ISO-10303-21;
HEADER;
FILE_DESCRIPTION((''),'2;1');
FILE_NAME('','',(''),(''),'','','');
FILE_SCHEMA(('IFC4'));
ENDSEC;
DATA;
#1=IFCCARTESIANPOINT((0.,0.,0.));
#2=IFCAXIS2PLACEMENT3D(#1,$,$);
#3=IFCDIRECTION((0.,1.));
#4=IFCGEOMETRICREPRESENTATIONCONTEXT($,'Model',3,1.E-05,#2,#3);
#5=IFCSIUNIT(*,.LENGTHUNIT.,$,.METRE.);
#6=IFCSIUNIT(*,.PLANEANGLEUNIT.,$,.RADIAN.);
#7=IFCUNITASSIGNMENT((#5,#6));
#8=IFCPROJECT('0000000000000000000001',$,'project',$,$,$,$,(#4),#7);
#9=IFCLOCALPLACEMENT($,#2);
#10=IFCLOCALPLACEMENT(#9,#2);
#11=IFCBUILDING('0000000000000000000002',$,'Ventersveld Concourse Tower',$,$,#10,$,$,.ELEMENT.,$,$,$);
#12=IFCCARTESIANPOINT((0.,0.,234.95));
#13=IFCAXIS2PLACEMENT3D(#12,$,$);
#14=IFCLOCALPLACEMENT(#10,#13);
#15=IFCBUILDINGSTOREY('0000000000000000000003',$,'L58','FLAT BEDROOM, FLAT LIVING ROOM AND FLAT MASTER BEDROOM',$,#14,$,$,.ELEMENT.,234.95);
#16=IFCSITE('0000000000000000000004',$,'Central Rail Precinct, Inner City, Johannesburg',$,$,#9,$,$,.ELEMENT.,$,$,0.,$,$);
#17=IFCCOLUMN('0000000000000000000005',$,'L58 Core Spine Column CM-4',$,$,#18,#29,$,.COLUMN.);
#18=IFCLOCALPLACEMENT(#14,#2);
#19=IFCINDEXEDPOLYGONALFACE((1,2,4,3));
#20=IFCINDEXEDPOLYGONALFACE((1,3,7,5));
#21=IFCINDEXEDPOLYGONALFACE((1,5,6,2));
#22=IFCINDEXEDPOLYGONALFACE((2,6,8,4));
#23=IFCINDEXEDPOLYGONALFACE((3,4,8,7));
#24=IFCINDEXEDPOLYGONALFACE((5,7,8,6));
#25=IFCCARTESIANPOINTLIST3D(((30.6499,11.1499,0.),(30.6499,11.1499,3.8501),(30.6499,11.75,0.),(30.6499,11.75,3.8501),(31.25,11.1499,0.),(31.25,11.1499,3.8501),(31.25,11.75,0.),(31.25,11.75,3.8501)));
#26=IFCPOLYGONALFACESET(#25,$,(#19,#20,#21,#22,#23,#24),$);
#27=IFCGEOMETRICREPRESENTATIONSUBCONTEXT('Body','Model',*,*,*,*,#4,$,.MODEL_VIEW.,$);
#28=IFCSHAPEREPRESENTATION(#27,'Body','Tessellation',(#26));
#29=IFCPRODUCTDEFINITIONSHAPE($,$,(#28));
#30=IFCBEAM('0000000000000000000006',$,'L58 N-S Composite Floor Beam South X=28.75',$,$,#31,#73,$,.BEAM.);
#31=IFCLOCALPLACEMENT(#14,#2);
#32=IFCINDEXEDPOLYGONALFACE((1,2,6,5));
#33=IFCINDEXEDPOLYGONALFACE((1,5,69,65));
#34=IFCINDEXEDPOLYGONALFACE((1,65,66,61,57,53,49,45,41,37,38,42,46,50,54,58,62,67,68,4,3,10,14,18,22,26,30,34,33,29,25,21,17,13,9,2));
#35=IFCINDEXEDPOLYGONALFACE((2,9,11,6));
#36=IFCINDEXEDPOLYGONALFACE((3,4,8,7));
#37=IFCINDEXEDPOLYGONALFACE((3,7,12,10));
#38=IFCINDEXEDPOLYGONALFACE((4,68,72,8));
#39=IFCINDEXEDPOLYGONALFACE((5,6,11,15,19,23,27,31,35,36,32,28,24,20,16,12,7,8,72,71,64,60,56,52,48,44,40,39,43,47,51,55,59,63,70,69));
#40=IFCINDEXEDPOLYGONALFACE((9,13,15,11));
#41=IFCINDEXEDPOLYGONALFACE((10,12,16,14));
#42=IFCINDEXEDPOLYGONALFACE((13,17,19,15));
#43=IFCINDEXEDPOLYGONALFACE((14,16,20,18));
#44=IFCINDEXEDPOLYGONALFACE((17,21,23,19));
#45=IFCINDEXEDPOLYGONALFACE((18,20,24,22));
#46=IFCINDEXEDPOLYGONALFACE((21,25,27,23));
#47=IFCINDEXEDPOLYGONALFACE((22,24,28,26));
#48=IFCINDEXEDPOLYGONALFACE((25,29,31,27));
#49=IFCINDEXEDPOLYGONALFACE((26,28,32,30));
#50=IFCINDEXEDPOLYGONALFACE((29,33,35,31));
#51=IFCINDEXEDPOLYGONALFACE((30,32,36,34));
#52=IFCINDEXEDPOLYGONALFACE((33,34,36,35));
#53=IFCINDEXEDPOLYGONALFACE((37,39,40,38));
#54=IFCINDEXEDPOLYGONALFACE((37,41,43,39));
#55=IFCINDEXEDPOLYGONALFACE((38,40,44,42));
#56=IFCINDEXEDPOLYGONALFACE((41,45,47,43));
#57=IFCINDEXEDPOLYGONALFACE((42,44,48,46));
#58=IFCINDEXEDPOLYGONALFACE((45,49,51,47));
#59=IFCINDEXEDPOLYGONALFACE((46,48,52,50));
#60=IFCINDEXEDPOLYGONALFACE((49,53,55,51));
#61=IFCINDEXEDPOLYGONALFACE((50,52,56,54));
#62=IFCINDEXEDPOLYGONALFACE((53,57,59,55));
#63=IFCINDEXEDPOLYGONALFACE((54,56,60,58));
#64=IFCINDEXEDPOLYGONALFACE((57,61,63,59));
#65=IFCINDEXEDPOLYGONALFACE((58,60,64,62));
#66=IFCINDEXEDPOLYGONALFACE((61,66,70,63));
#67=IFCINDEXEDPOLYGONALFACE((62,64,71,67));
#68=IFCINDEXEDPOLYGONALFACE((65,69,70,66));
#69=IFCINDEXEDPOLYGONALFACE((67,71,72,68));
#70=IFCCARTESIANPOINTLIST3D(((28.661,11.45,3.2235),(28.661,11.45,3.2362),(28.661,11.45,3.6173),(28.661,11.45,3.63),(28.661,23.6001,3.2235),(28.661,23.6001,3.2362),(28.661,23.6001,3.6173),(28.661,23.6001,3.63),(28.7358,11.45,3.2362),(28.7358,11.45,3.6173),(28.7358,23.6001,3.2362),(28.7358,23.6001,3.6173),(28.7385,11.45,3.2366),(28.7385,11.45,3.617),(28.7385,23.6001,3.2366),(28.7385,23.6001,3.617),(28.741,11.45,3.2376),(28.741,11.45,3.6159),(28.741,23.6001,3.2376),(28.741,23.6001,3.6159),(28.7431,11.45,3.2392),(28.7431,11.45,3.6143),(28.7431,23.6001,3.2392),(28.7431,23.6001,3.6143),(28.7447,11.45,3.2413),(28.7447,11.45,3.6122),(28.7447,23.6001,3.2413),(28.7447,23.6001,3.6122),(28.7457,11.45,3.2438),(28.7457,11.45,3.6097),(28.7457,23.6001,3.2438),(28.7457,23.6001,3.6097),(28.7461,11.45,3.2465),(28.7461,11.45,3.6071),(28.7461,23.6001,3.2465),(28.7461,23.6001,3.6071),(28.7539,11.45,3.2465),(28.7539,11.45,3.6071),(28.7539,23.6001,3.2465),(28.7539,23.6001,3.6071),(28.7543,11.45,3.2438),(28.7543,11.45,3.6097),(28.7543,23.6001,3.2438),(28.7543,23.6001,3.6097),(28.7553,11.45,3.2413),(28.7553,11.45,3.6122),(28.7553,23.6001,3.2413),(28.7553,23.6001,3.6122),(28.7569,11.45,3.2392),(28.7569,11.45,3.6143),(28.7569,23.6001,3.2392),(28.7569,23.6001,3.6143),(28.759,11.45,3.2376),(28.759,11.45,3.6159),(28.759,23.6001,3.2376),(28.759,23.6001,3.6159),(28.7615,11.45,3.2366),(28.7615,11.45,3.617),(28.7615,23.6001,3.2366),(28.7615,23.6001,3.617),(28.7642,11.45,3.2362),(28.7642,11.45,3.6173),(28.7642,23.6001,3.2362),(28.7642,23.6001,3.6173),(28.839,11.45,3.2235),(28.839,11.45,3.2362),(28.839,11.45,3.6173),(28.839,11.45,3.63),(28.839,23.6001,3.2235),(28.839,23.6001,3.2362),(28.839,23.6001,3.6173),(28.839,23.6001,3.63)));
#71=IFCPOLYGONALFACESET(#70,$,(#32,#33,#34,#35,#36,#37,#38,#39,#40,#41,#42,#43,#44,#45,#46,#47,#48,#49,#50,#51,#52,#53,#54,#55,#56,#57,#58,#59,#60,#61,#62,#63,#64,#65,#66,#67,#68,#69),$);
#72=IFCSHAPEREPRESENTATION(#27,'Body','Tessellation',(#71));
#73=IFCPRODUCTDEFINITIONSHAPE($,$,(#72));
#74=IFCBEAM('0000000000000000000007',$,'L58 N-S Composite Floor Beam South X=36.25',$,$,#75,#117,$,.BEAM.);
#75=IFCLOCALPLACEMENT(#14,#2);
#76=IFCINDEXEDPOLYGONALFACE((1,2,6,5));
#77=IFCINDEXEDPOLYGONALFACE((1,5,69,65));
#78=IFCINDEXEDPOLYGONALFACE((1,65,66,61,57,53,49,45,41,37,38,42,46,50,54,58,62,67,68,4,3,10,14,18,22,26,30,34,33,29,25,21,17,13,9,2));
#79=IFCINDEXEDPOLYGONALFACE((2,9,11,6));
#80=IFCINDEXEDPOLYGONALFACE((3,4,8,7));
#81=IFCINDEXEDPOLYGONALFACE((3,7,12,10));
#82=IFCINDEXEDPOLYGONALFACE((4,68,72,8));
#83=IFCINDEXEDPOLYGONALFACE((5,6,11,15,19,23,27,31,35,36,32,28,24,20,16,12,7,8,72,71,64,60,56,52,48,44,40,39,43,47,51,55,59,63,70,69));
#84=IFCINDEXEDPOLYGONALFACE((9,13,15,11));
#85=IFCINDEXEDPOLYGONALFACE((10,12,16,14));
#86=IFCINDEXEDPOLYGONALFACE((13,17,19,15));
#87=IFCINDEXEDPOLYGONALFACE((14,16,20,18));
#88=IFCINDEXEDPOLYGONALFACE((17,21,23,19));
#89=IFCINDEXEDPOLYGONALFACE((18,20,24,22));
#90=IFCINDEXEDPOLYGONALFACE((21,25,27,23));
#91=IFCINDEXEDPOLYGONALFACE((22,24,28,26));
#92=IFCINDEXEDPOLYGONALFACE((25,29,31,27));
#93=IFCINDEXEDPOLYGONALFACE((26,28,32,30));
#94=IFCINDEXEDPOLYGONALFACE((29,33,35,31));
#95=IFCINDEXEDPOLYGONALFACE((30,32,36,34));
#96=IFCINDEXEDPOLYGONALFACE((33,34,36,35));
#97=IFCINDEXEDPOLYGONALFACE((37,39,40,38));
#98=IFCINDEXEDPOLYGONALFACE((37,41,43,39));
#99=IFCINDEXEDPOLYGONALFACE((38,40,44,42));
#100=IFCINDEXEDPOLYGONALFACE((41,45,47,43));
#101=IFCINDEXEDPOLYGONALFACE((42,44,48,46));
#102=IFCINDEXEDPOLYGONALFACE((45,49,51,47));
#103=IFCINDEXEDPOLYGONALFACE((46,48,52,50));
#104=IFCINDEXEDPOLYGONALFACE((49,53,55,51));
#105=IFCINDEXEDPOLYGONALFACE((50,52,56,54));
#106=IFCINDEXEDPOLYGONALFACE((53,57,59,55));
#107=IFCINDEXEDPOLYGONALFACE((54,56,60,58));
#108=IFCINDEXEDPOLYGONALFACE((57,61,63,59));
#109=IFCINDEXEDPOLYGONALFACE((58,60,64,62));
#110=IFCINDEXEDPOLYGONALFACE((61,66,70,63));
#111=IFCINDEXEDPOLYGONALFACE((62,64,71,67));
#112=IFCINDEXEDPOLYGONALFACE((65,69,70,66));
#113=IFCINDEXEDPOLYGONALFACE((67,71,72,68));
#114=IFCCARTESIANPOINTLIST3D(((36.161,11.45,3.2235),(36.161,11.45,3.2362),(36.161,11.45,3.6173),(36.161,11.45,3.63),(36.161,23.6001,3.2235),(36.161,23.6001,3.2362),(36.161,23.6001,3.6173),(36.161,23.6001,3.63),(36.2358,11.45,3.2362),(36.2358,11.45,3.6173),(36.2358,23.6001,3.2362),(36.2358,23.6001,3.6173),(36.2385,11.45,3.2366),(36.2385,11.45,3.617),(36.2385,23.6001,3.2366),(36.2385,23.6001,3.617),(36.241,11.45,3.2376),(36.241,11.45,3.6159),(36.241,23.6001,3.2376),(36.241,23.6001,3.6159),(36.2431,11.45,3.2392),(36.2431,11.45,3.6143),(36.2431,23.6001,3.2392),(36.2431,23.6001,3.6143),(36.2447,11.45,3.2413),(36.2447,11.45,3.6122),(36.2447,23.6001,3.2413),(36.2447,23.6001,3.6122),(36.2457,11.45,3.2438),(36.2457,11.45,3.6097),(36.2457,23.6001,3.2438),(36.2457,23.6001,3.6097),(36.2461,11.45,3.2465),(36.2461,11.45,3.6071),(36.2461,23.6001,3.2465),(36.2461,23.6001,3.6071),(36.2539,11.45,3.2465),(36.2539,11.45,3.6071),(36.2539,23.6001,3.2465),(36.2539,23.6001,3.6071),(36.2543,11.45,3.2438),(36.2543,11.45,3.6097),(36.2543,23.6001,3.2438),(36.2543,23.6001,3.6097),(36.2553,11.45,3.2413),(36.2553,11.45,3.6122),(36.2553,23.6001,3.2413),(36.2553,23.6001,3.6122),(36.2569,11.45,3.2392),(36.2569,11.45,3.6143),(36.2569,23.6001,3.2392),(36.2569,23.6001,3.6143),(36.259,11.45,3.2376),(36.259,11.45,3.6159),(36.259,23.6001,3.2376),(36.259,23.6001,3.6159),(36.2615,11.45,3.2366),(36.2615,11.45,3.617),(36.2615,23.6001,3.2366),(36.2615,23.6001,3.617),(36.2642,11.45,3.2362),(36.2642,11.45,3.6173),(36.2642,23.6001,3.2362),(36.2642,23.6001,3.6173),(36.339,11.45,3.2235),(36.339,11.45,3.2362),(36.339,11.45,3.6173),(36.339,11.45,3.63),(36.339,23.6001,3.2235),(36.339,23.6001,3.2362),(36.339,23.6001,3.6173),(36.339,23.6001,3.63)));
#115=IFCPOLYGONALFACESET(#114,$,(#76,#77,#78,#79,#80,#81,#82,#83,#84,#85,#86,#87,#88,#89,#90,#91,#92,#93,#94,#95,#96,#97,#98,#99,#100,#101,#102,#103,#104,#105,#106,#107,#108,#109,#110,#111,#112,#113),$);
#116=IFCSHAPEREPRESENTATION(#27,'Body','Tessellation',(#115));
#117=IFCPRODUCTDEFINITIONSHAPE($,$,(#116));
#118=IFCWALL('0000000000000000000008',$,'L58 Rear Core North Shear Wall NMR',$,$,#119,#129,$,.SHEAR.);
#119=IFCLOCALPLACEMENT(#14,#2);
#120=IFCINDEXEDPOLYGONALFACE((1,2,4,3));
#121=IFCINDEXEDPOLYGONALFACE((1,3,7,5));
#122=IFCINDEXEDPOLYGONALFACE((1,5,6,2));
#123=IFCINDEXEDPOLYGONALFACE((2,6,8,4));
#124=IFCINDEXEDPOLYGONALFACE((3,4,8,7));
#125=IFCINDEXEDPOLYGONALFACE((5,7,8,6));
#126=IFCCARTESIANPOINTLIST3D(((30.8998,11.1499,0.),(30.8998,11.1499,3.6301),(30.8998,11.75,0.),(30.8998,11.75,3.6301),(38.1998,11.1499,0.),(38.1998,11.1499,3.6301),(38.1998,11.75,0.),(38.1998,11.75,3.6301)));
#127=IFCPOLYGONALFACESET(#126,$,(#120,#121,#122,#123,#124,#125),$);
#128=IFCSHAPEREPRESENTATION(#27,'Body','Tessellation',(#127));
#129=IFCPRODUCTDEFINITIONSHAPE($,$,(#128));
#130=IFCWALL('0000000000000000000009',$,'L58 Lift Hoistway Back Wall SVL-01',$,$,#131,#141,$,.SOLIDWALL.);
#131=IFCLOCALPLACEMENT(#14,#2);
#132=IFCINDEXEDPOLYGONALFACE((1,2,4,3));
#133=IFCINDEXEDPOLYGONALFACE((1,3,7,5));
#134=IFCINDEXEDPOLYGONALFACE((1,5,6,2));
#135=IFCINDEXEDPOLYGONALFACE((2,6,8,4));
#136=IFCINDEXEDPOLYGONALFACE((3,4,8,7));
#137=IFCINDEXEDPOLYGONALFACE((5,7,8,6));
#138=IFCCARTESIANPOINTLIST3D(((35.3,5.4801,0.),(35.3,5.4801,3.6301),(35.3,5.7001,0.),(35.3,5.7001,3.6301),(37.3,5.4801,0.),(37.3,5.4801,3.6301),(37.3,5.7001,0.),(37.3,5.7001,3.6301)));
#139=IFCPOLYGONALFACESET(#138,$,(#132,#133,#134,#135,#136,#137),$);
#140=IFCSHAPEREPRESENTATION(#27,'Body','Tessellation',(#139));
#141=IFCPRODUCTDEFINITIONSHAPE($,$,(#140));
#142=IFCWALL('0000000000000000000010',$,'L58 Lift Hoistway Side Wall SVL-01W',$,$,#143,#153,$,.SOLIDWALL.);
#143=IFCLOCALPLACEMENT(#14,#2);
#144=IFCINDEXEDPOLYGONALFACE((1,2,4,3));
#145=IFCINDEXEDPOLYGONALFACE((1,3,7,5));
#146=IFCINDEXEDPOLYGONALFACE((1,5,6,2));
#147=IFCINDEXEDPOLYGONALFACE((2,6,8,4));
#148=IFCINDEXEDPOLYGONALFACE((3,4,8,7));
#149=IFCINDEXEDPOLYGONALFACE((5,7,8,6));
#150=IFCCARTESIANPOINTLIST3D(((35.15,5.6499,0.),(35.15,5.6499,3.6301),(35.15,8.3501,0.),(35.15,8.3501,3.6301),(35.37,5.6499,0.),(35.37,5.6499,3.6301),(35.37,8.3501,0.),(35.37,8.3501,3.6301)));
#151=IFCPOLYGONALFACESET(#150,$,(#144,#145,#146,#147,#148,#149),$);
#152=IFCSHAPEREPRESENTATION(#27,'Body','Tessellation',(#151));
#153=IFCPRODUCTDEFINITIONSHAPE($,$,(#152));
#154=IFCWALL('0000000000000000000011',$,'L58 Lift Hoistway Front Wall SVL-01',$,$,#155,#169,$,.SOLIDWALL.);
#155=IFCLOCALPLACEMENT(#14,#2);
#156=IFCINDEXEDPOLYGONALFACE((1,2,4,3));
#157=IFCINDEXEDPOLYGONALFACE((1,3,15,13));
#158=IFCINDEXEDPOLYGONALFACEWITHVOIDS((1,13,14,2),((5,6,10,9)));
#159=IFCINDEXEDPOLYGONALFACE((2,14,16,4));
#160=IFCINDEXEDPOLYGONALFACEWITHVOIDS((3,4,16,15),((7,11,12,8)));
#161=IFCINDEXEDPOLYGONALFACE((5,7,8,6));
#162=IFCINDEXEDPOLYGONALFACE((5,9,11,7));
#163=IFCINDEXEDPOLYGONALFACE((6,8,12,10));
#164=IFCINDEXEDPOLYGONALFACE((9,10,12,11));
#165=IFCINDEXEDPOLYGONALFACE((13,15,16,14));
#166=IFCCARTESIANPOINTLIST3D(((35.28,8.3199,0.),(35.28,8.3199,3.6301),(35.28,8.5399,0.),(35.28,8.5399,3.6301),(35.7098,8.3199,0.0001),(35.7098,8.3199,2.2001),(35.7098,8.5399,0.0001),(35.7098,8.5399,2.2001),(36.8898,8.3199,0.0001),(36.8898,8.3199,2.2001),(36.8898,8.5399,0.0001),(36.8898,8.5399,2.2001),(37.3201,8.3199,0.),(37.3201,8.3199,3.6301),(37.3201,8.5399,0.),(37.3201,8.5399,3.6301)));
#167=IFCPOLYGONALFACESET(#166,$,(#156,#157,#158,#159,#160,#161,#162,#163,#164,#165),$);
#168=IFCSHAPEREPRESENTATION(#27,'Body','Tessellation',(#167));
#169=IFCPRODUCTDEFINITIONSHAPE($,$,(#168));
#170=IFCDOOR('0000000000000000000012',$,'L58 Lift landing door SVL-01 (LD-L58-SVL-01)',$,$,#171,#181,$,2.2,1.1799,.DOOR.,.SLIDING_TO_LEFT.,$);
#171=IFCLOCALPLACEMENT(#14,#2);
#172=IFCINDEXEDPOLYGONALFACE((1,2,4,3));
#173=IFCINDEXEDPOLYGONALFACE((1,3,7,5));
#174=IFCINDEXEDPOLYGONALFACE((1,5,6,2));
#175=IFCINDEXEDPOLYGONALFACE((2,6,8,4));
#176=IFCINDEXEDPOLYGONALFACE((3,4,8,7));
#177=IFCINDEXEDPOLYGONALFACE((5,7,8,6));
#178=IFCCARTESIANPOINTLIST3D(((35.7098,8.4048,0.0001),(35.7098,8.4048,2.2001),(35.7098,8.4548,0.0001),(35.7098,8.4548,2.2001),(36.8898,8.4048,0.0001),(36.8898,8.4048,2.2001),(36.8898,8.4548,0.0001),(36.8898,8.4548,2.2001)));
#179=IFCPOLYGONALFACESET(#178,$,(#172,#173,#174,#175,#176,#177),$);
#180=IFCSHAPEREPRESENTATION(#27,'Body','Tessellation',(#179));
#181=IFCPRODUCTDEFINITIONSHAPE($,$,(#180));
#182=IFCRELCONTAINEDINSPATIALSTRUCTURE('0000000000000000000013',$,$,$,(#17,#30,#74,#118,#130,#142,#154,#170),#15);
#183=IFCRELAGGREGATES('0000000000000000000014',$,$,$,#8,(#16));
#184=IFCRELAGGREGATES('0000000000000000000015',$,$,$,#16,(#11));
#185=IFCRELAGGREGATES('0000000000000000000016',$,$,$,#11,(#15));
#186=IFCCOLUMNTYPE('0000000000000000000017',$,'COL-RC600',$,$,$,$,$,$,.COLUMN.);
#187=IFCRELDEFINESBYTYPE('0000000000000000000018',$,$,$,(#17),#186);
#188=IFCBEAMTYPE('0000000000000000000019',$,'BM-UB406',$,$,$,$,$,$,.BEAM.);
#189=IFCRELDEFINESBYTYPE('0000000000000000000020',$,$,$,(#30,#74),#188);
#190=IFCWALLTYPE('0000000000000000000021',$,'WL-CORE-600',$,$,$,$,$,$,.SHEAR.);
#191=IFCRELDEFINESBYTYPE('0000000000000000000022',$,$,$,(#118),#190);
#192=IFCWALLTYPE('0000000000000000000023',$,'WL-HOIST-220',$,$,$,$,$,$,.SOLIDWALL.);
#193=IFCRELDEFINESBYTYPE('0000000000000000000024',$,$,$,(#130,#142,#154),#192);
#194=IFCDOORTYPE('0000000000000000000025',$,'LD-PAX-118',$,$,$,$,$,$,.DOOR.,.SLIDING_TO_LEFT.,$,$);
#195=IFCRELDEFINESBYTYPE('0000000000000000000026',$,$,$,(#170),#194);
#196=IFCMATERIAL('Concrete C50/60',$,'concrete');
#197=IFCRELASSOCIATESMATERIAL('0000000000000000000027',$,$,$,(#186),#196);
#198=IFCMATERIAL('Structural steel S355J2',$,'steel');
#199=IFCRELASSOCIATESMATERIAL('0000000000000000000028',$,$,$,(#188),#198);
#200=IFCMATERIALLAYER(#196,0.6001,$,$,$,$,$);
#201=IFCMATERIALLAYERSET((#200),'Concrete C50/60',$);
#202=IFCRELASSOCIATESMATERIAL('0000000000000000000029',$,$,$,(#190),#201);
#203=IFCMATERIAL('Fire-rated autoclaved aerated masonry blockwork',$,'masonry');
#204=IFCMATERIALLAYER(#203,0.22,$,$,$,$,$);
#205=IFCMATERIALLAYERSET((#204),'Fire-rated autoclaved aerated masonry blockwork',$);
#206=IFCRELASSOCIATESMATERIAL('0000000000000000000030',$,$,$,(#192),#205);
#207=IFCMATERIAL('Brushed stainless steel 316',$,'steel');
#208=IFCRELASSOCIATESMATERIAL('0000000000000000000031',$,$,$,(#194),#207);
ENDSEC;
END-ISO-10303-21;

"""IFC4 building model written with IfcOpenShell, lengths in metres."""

from ifc_helpers import new_model, si_unit, direction, frame, frame_2d, origin, origin_2d, place, context, subcontext, project, spatial, rectangle, i_section, extrude, material, layer, layer_set, material_profile, profile_set, type_object, element, fill, save


model = new_model("IFC4")

# Units and contexts
model_context = context("Model", 3, precision=1e-05, world=origin(), true_north=direction((0.0, 1.0)))
body_context = subcontext(model_context, "Body", "Model", "MODEL_VIEW")
ifc_project = project(units=[si_unit("LENGTHUNIT", "METRE"), si_unit("PLANEANGLEUNIT", "RADIAN")], contexts=[model_context])

# Site, building, storey
site_placement = place(None, origin())
site = spatial("IfcSite", under=ifc_project, at=site_placement, Name="Central Rail Precinct, Inner City, Johannesburg", CompositionType="ELEMENT", RefElevation=0.0)
building_placement = place(site_placement, origin())
building = spatial("IfcBuilding", under=site, at=building_placement, Name="Ventersveld Concourse Tower", CompositionType="ELEMENT")
storey_placement = place(building_placement, frame((0.0, 0.0, 234.95)))
storey = spatial("IfcBuildingStorey", under=building, at=storey_placement, Name="L58", Description="FLAT BEDROOM, FLAT LIVING ROOM AND FLAT MASTER BEDROOM", CompositionType="ELEMENT", Elevation=234.95)

# Column
ifc_material_1 = material(Name="Concrete C50/60", Category="concrete")
ifc_material_profile_1 = material_profile(ifc_material_1, rectangle(XDim=0.6001, YDim=0.6001, at=origin_2d()), Name="RC 600x600")
ifc_profile_set_1 = profile_set([ifc_material_profile_1], Name="Concrete C50/60")
column_type = type_object("IfcColumnType", Name="COL-RC600", PredefinedType="COLUMN", material=ifc_profile_set_1)
column_placement = place(storey_placement, frame((30.95, 11.45, 0.0), z_axis=(0.0, 0.0, 1.0), x_axis=(1.0, 0.0, 0.0)))
element("IfcColumn", 1, at=column_placement, inside=storey, type_object=column_type, Name="L58 Core Spine Column CM-4", PredefinedType="COLUMN", context=body_context, shape_type="SweptSolid", body=[
    extrude(rectangle(XDim=0.6001, YDim=0.6001, at=origin_2d()), origin(), (0.0, 0.0, 1.0), 3.8501),
])

# Beams
ifc_material_2 = material(Name="Structural steel S355J2", Category="steel")
ifc_material_profile_2 = material_profile(ifc_material_2, i_section(OverallWidth=0.178, OverallDepth=0.4065, WebThickness=0.0078, FlangeThickness=0.0127, FilletRadius=0.0103, at=origin_2d()), Name="UB 406x178x60")
ifc_profile_set_2 = profile_set([ifc_material_profile_2], Name="Structural steel S355J2")
beam_type = type_object("IfcBeamType", Name="BM-UB406", PredefinedType="BEAM", material=ifc_profile_set_2)
for number, where, z_axis, x_axis, name in (
    (2, (28.75, 11.45, 3.4268), (0.0, 1.0, 0.0), (-1.0, 0.0, 0.0), "L58 N-S Composite Floor Beam South X=28.75"),
    (3, (36.25, 11.45, 3.4268), (0.0, 1.0, 0.0), (-1.0, 0.0, 0.0), "L58 N-S Composite Floor Beam South X=36.25"),
):
    element("IfcBeam", number, at=place(storey_placement, frame(where, z_axis=z_axis, x_axis=x_axis)), inside=storey, type_object=beam_type, Name=name, PredefinedType="BEAM", context=body_context, shape_type="SweptSolid", body=[
        extrude(i_section(OverallWidth=0.178, OverallDepth=0.4065, WebThickness=0.0078, FlangeThickness=0.0127, FilletRadius=0.0103, at=origin_2d()), origin(), (0.0, 0.0, 1.0), 12.1501),
    ])

# Walls
ifc_layer_1 = layer(ifc_material_1, 0.6001)
ifc_layer_set_1 = layer_set([ifc_layer_1], Name="Concrete C50/60")
wall_type_1 = type_object("IfcWallType", Name="WL-CORE-600", PredefinedType="SHEAR", material=ifc_layer_set_1)
wall_1_placement = place(storey_placement, frame((30.8999, 11.45, 0.0), z_axis=(0.0, 0.0, 1.0), x_axis=(1.0, 0.0, 0.0)))
element("IfcWall", 4, at=wall_1_placement, inside=storey, type_object=wall_type_1, Name="L58 Rear Core North Shear Wall NMR", PredefinedType="SHEAR", context=body_context, shape_type="SweptSolid", body=[
    extrude(rectangle(XDim=7.3, YDim=0.6001, at=frame_2d((3.6499, 0.0))), origin(), (0.0, 0.0, 1.0), 3.6301),
])
ifc_material_3 = material(Name="Fire-rated autoclaved aerated masonry blockwork", Category="masonry")
ifc_layer_2 = layer(ifc_material_3, 0.22)
ifc_layer_set_2 = layer_set([ifc_layer_2], Name="Fire-rated autoclaved aerated masonry blockwork")
wall_type_2 = type_object("IfcWallType", Name="WL-HOIST-220", PredefinedType="SOLIDWALL", material=ifc_layer_set_2)
wall_2_placement = place(storey_placement, frame((35.3, 5.5901, 0.0), z_axis=(0.0, 0.0, 1.0), x_axis=(1.0, 0.0, 0.0)))
element("IfcWall", 5, at=wall_2_placement, inside=storey, type_object=wall_type_2, Name="L58 Lift Hoistway Back Wall SVL-01", PredefinedType="SOLIDWALL", context=body_context, shape_type="SweptSolid", body=[
    extrude(rectangle(XDim=2.0, YDim=0.22, at=frame_2d((1.0, 0.0))), origin(), (0.0, 0.0, 1.0), 3.6301),
])
wall_3_placement = place(storey_placement, frame((35.26, 5.6499, 0.0), z_axis=(0.0, 0.0, 1.0), x_axis=(0.0, 1.0, 0.0)))
element("IfcWall", 6, at=wall_3_placement, inside=storey, type_object=wall_type_2, Name="L58 Lift Hoistway Side Wall SVL-01W", PredefinedType="SOLIDWALL", context=body_context, shape_type="SweptSolid", body=[
    extrude(rectangle(XDim=2.7002, YDim=0.22, at=frame_2d((1.3501, 0.0))), origin(), (0.0, 0.0, 1.0), 3.6301),
])

# Wall, opening, door
wall_4_placement = place(storey_placement, frame((35.28, 8.4299, 0.0), z_axis=(0.0, 0.0, 1.0), x_axis=(1.0, 0.0, 0.0)))
wall_4 = element("IfcWall", 7, at=wall_4_placement, inside=storey, type_object=wall_type_2, Name="L58 Lift Hoistway Front Wall SVL-01", PredefinedType="SOLIDWALL", context=body_context, shape_type="SweptSolid", body=[
    extrude(rectangle(XDim=2.04, YDim=0.22, at=frame_2d((1.02, 0.0))), origin(), (0.0, 0.0, 1.0), 3.6301),
])
opening_1_placement = place(wall_4_placement, frame((0.4299, 0.0, 0.0)))
opening_1 = element("IfcOpeningElement", 8, at=opening_1_placement, cuts=wall_4, PredefinedType="OPENING", context=body_context, shape_type="SweptSolid", body=[
    extrude(rectangle(XDim=1.1799, YDim=2.2, at=frame_2d((0.5898, 1.1001))), frame((0.0, 0.1201, 0.0), z_axis=(0.0, -1.0, 0.0), x_axis=(1.0, 0.0, 0.0)), (0.0, 0.0, 1.0), 0.24),
])
ifc_material_4 = material(Name="Brushed stainless steel 316", Category="steel")
door_type_1 = type_object("IfcDoorType", Name="LD-PAX-118", OperationType="SLIDING_TO_LEFT", PredefinedType="DOOR", material=ifc_material_4)
door_1_placement = place(opening_1_placement, origin())
door_1 = element("IfcDoor", 9, at=door_1_placement, inside=storey, type_object=door_type_1, Name="L58 Lift landing door SVL-01 (LD-L58-SVL-01)", OperationType="SLIDING_TO_LEFT", OverallHeight=2.2, OverallWidth=1.1799, PredefinedType="DOOR", context=body_context, shape_type="SweptSolid", body=[
    extrude(rectangle(XDim=1.1799, YDim=2.2, at=frame_2d((0.5898, 1.1001))), frame((0.0, 0.0249, 0.0), z_axis=(0.0, -1.0, 0.0), x_axis=(1.0, 0.0, 0.0)), (0.0, 0.0, 1.0), 0.05),
])
fill(opening_1, door_1)

save(model, "model.ifc")
